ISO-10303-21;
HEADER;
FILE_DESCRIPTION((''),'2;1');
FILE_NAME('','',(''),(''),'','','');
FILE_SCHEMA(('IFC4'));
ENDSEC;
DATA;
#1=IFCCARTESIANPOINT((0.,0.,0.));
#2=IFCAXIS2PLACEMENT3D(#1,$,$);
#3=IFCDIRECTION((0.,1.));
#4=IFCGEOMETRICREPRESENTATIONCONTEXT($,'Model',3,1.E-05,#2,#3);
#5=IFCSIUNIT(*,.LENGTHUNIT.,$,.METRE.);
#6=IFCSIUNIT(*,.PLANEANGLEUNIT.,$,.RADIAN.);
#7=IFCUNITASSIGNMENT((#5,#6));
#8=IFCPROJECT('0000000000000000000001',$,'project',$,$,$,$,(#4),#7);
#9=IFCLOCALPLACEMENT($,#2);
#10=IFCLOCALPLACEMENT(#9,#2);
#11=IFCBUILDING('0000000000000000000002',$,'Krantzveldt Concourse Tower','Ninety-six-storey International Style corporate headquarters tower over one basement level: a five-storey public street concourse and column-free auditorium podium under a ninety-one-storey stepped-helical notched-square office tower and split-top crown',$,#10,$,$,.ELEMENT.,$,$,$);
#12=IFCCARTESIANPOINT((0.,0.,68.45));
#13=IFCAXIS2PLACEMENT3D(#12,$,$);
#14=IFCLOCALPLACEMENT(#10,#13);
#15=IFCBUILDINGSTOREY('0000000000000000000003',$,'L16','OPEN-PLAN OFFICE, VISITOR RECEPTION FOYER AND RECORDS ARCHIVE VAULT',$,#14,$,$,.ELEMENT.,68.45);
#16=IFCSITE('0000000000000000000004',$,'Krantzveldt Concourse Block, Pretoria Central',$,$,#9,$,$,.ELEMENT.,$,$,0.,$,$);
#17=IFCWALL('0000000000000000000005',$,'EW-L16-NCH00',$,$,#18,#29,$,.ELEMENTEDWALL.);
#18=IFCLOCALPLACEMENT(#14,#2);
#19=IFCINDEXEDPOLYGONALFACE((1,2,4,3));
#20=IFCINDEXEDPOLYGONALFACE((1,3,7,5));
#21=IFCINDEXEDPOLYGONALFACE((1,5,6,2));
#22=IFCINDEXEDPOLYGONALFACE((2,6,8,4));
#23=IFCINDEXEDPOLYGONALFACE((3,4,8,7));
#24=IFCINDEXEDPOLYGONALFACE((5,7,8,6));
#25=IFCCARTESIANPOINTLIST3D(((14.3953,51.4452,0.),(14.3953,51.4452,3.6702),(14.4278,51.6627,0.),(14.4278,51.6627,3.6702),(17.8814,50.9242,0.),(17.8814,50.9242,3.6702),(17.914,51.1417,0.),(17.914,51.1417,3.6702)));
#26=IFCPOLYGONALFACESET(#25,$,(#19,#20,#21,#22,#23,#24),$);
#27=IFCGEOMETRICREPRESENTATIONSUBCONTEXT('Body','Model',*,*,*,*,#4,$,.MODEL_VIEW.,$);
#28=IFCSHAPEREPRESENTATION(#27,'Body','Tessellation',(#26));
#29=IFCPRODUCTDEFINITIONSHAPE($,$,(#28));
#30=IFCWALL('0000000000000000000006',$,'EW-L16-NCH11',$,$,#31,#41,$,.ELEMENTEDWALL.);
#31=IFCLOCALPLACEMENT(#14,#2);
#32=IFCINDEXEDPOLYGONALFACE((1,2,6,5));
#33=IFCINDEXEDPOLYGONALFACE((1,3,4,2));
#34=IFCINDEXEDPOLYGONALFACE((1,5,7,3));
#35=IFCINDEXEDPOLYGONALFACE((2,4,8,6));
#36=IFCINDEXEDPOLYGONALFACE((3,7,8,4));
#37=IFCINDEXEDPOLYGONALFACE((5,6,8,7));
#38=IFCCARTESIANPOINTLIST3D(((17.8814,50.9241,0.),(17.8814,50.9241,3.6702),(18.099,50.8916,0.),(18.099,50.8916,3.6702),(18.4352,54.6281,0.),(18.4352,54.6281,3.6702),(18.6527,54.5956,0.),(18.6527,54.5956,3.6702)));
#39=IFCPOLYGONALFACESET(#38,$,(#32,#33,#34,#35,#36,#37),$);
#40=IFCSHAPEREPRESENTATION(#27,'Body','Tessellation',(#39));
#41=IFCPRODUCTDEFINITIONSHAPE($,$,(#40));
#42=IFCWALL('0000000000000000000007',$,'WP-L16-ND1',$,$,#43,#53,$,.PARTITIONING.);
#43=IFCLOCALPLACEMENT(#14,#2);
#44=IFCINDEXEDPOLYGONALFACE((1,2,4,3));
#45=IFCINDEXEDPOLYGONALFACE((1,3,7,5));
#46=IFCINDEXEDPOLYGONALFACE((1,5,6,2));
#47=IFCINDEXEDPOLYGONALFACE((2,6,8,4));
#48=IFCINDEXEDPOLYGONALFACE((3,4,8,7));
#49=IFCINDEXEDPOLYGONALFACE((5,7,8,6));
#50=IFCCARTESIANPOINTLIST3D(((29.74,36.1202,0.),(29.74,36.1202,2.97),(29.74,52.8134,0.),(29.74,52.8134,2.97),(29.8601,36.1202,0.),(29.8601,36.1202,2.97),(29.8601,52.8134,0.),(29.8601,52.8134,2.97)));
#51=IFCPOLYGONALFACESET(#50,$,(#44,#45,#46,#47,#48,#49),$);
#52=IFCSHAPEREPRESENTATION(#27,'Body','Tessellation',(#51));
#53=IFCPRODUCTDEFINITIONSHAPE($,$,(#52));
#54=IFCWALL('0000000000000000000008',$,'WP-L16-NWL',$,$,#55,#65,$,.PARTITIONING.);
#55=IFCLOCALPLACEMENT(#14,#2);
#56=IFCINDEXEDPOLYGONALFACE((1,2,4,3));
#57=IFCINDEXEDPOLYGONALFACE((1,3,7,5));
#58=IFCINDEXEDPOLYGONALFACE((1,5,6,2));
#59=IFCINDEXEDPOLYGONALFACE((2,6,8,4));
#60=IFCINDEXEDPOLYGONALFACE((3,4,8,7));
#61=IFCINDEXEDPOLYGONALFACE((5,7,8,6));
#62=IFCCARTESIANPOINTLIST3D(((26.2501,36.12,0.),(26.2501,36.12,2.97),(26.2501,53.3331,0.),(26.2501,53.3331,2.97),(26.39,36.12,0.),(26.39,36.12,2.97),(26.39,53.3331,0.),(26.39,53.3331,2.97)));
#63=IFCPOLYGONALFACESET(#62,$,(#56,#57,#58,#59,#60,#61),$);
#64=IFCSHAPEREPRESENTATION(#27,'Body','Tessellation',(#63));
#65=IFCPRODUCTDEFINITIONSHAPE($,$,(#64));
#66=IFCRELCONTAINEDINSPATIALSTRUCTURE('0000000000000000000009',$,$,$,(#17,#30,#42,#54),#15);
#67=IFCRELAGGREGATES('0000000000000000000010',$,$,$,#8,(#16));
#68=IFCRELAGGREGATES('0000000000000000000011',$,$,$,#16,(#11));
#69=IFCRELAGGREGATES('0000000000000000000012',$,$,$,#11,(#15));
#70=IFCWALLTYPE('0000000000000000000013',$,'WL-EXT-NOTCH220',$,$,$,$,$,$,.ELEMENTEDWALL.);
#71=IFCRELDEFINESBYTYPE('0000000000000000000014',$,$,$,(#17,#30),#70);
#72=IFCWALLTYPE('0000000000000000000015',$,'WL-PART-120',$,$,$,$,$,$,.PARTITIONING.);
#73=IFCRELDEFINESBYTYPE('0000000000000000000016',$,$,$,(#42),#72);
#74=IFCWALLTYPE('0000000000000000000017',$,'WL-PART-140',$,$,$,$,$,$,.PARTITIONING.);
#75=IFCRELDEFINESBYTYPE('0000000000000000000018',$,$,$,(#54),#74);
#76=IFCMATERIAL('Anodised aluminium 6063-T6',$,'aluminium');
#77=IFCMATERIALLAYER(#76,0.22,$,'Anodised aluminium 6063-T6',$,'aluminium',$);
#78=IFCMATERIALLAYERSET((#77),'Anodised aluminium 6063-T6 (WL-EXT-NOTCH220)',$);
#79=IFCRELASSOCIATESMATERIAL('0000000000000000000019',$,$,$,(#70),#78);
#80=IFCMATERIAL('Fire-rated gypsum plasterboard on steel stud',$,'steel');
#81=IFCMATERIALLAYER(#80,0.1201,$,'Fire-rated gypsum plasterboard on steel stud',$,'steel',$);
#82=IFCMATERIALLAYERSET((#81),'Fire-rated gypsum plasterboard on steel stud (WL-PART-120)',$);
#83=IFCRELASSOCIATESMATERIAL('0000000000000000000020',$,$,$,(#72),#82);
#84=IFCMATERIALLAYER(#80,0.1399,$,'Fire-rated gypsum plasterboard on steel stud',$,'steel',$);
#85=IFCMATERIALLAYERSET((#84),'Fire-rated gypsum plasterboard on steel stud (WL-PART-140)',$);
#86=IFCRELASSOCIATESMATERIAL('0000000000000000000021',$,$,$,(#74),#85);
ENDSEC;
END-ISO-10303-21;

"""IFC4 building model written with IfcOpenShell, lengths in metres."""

from ifc_helpers import new_model, si_unit, direction, frame, frame_2d, origin, place, context, subcontext, project, spatial, rectangle, extrude, material, layer, layer_set, type_object, element, save


model = new_model("IFC4")

# Units and contexts
model_context = context("Model", 3, precision=1e-05, world=origin(), true_north=direction((0.0, 1.0)))
body_context = subcontext(model_context, "Body", "Model", "MODEL_VIEW")
ifc_project = project(units=[si_unit("LENGTHUNIT", "METRE"), si_unit("PLANEANGLEUNIT", "RADIAN")], contexts=[model_context])

# Site, building, storey
site_placement = place(None, origin())
site = spatial("IfcSite", under=ifc_project, at=site_placement, Name="Krantzveldt Concourse Block, Pretoria Central", CompositionType="ELEMENT", RefElevation=0.0)
building_placement = place(site_placement, origin())
building = spatial("IfcBuilding", under=site, at=building_placement, Name="Krantzveldt Concourse Tower", Description="Ninety-six-storey International Style corporate headquarters tower over one basement level: a five-storey public street concourse and column-free auditorium podium under a ninety-one-storey stepped-helical notched-square office tower and split-top crown", CompositionType="ELEMENT")
storey_placement = place(building_placement, frame((0.0, 0.0, 68.45)))
storey = spatial("IfcBuildingStorey", under=building, at=storey_placement, Name="L16", Description="OPEN-PLAN OFFICE, VISITOR RECEPTION FOYER AND RECORDS ARCHIVE VAULT", CompositionType="ELEMENT", Elevation=68.45)

# Shared definitions
ifc_material_1 = material(Name="Anodised aluminium 6063-T6", Category="aluminium")

# Walls
ifc_layer_1 = layer(ifc_material_1, 0.22, Name="Anodised aluminium 6063-T6", Category="aluminium")
ifc_layer_set_1 = layer_set([ifc_layer_1], Name="Anodised aluminium 6063-T6 (WL-EXT-NOTCH220)")
wall_type_1 = type_object("IfcWallType", Name="WL-EXT-NOTCH220", PredefinedType="ELEMENTEDWALL", material=ifc_layer_set_1)
wall_1_placement = place(storey_placement, frame((17.8977, 51.033, 0.0), z_axis=(0.0, 0.0, 1.0), x_axis=(-0.989016, 0.147809, 0.0)))
element("IfcWall", 1, at=wall_1_placement, inside=storey, type_object=wall_type_1, Name="EW-L16-NCH00", PredefinedType="ELEMENTEDWALL", context=body_context, shape_type="SweptSolid", body=[
    extrude(rectangle(XDim=3.5249, YDim=0.22, at=frame_2d((1.7625, 0.0))), origin(), (0.0, 0.0, 1.0), 3.6702),
])
wall_2_placement = place(storey_placement, frame((18.5439, 54.6118, 0.0), z_axis=(0.0, 0.0, 1.0), x_axis=(-0.147853, -0.989009, 0.0)))
element("IfcWall", 2, at=wall_2_placement, inside=storey, type_object=wall_type_1, Name="EW-L16-NCH11", PredefinedType="ELEMENTEDWALL", context=body_context, shape_type="SweptSolid", body=[
    extrude(rectangle(XDim=3.7451, YDim=0.22, at=frame_2d((1.8726, 0.0))), origin(), (0.0, 0.0, 1.0), 3.6702),
])
ifc_material_2 = material(Name="Fire-rated gypsum plasterboard on steel stud", Category="steel")
ifc_layer_2 = layer(ifc_material_2, 0.1201, Name="Fire-rated gypsum plasterboard on steel stud", Category="steel")
ifc_layer_set_2 = layer_set([ifc_layer_2], Name="Fire-rated gypsum plasterboard on steel stud (WL-PART-120)")
wall_type_2 = type_object("IfcWallType", Name="WL-PART-120", PredefinedType="PARTITIONING", material=ifc_layer_set_2)
wall_3_placement = place(storey_placement, frame((29.8, 36.1201, 0.0), z_axis=(0.0, 0.0, 1.0), x_axis=(0.0, 1.0, 0.0)))
element("IfcWall", 3, at=wall_3_placement, inside=storey, type_object=wall_type_2, Name="WP-L16-ND1", PredefinedType="PARTITIONING", context=body_context, shape_type="SweptSolid", body=[
    extrude(rectangle(XDim=16.6931, YDim=0.1201, at=frame_2d((8.3467, 0.0))), origin(), (0.0, 0.0, 1.0), 2.97),
])
ifc_layer_3 = layer(ifc_material_2, 0.1399, Name="Fire-rated gypsum plasterboard on steel stud", Category="steel")
ifc_layer_set_3 = layer_set([ifc_layer_3], Name="Fire-rated gypsum plasterboard on steel stud (WL-PART-140)")
wall_type_3 = type_object("IfcWallType", Name="WL-PART-140", PredefinedType="PARTITIONING", material=ifc_layer_set_3)
wall_4_placement = place(storey_placement, frame((26.3201, 36.1201, 0.0), z_axis=(0.0, 0.0, 1.0), x_axis=(0.0, 1.0, 0.0)))
element("IfcWall", 4, at=wall_4_placement, inside=storey, type_object=wall_type_3, Name="WP-L16-NWL", PredefinedType="PARTITIONING", context=body_context, shape_type="SweptSolid", body=[
    extrude(rectangle(XDim=17.2131, YDim=0.1399, at=frame_2d((8.6064, 0.0))), origin(), (0.0, 0.0, 1.0), 2.97),
])

save(model, "model.ifc")
